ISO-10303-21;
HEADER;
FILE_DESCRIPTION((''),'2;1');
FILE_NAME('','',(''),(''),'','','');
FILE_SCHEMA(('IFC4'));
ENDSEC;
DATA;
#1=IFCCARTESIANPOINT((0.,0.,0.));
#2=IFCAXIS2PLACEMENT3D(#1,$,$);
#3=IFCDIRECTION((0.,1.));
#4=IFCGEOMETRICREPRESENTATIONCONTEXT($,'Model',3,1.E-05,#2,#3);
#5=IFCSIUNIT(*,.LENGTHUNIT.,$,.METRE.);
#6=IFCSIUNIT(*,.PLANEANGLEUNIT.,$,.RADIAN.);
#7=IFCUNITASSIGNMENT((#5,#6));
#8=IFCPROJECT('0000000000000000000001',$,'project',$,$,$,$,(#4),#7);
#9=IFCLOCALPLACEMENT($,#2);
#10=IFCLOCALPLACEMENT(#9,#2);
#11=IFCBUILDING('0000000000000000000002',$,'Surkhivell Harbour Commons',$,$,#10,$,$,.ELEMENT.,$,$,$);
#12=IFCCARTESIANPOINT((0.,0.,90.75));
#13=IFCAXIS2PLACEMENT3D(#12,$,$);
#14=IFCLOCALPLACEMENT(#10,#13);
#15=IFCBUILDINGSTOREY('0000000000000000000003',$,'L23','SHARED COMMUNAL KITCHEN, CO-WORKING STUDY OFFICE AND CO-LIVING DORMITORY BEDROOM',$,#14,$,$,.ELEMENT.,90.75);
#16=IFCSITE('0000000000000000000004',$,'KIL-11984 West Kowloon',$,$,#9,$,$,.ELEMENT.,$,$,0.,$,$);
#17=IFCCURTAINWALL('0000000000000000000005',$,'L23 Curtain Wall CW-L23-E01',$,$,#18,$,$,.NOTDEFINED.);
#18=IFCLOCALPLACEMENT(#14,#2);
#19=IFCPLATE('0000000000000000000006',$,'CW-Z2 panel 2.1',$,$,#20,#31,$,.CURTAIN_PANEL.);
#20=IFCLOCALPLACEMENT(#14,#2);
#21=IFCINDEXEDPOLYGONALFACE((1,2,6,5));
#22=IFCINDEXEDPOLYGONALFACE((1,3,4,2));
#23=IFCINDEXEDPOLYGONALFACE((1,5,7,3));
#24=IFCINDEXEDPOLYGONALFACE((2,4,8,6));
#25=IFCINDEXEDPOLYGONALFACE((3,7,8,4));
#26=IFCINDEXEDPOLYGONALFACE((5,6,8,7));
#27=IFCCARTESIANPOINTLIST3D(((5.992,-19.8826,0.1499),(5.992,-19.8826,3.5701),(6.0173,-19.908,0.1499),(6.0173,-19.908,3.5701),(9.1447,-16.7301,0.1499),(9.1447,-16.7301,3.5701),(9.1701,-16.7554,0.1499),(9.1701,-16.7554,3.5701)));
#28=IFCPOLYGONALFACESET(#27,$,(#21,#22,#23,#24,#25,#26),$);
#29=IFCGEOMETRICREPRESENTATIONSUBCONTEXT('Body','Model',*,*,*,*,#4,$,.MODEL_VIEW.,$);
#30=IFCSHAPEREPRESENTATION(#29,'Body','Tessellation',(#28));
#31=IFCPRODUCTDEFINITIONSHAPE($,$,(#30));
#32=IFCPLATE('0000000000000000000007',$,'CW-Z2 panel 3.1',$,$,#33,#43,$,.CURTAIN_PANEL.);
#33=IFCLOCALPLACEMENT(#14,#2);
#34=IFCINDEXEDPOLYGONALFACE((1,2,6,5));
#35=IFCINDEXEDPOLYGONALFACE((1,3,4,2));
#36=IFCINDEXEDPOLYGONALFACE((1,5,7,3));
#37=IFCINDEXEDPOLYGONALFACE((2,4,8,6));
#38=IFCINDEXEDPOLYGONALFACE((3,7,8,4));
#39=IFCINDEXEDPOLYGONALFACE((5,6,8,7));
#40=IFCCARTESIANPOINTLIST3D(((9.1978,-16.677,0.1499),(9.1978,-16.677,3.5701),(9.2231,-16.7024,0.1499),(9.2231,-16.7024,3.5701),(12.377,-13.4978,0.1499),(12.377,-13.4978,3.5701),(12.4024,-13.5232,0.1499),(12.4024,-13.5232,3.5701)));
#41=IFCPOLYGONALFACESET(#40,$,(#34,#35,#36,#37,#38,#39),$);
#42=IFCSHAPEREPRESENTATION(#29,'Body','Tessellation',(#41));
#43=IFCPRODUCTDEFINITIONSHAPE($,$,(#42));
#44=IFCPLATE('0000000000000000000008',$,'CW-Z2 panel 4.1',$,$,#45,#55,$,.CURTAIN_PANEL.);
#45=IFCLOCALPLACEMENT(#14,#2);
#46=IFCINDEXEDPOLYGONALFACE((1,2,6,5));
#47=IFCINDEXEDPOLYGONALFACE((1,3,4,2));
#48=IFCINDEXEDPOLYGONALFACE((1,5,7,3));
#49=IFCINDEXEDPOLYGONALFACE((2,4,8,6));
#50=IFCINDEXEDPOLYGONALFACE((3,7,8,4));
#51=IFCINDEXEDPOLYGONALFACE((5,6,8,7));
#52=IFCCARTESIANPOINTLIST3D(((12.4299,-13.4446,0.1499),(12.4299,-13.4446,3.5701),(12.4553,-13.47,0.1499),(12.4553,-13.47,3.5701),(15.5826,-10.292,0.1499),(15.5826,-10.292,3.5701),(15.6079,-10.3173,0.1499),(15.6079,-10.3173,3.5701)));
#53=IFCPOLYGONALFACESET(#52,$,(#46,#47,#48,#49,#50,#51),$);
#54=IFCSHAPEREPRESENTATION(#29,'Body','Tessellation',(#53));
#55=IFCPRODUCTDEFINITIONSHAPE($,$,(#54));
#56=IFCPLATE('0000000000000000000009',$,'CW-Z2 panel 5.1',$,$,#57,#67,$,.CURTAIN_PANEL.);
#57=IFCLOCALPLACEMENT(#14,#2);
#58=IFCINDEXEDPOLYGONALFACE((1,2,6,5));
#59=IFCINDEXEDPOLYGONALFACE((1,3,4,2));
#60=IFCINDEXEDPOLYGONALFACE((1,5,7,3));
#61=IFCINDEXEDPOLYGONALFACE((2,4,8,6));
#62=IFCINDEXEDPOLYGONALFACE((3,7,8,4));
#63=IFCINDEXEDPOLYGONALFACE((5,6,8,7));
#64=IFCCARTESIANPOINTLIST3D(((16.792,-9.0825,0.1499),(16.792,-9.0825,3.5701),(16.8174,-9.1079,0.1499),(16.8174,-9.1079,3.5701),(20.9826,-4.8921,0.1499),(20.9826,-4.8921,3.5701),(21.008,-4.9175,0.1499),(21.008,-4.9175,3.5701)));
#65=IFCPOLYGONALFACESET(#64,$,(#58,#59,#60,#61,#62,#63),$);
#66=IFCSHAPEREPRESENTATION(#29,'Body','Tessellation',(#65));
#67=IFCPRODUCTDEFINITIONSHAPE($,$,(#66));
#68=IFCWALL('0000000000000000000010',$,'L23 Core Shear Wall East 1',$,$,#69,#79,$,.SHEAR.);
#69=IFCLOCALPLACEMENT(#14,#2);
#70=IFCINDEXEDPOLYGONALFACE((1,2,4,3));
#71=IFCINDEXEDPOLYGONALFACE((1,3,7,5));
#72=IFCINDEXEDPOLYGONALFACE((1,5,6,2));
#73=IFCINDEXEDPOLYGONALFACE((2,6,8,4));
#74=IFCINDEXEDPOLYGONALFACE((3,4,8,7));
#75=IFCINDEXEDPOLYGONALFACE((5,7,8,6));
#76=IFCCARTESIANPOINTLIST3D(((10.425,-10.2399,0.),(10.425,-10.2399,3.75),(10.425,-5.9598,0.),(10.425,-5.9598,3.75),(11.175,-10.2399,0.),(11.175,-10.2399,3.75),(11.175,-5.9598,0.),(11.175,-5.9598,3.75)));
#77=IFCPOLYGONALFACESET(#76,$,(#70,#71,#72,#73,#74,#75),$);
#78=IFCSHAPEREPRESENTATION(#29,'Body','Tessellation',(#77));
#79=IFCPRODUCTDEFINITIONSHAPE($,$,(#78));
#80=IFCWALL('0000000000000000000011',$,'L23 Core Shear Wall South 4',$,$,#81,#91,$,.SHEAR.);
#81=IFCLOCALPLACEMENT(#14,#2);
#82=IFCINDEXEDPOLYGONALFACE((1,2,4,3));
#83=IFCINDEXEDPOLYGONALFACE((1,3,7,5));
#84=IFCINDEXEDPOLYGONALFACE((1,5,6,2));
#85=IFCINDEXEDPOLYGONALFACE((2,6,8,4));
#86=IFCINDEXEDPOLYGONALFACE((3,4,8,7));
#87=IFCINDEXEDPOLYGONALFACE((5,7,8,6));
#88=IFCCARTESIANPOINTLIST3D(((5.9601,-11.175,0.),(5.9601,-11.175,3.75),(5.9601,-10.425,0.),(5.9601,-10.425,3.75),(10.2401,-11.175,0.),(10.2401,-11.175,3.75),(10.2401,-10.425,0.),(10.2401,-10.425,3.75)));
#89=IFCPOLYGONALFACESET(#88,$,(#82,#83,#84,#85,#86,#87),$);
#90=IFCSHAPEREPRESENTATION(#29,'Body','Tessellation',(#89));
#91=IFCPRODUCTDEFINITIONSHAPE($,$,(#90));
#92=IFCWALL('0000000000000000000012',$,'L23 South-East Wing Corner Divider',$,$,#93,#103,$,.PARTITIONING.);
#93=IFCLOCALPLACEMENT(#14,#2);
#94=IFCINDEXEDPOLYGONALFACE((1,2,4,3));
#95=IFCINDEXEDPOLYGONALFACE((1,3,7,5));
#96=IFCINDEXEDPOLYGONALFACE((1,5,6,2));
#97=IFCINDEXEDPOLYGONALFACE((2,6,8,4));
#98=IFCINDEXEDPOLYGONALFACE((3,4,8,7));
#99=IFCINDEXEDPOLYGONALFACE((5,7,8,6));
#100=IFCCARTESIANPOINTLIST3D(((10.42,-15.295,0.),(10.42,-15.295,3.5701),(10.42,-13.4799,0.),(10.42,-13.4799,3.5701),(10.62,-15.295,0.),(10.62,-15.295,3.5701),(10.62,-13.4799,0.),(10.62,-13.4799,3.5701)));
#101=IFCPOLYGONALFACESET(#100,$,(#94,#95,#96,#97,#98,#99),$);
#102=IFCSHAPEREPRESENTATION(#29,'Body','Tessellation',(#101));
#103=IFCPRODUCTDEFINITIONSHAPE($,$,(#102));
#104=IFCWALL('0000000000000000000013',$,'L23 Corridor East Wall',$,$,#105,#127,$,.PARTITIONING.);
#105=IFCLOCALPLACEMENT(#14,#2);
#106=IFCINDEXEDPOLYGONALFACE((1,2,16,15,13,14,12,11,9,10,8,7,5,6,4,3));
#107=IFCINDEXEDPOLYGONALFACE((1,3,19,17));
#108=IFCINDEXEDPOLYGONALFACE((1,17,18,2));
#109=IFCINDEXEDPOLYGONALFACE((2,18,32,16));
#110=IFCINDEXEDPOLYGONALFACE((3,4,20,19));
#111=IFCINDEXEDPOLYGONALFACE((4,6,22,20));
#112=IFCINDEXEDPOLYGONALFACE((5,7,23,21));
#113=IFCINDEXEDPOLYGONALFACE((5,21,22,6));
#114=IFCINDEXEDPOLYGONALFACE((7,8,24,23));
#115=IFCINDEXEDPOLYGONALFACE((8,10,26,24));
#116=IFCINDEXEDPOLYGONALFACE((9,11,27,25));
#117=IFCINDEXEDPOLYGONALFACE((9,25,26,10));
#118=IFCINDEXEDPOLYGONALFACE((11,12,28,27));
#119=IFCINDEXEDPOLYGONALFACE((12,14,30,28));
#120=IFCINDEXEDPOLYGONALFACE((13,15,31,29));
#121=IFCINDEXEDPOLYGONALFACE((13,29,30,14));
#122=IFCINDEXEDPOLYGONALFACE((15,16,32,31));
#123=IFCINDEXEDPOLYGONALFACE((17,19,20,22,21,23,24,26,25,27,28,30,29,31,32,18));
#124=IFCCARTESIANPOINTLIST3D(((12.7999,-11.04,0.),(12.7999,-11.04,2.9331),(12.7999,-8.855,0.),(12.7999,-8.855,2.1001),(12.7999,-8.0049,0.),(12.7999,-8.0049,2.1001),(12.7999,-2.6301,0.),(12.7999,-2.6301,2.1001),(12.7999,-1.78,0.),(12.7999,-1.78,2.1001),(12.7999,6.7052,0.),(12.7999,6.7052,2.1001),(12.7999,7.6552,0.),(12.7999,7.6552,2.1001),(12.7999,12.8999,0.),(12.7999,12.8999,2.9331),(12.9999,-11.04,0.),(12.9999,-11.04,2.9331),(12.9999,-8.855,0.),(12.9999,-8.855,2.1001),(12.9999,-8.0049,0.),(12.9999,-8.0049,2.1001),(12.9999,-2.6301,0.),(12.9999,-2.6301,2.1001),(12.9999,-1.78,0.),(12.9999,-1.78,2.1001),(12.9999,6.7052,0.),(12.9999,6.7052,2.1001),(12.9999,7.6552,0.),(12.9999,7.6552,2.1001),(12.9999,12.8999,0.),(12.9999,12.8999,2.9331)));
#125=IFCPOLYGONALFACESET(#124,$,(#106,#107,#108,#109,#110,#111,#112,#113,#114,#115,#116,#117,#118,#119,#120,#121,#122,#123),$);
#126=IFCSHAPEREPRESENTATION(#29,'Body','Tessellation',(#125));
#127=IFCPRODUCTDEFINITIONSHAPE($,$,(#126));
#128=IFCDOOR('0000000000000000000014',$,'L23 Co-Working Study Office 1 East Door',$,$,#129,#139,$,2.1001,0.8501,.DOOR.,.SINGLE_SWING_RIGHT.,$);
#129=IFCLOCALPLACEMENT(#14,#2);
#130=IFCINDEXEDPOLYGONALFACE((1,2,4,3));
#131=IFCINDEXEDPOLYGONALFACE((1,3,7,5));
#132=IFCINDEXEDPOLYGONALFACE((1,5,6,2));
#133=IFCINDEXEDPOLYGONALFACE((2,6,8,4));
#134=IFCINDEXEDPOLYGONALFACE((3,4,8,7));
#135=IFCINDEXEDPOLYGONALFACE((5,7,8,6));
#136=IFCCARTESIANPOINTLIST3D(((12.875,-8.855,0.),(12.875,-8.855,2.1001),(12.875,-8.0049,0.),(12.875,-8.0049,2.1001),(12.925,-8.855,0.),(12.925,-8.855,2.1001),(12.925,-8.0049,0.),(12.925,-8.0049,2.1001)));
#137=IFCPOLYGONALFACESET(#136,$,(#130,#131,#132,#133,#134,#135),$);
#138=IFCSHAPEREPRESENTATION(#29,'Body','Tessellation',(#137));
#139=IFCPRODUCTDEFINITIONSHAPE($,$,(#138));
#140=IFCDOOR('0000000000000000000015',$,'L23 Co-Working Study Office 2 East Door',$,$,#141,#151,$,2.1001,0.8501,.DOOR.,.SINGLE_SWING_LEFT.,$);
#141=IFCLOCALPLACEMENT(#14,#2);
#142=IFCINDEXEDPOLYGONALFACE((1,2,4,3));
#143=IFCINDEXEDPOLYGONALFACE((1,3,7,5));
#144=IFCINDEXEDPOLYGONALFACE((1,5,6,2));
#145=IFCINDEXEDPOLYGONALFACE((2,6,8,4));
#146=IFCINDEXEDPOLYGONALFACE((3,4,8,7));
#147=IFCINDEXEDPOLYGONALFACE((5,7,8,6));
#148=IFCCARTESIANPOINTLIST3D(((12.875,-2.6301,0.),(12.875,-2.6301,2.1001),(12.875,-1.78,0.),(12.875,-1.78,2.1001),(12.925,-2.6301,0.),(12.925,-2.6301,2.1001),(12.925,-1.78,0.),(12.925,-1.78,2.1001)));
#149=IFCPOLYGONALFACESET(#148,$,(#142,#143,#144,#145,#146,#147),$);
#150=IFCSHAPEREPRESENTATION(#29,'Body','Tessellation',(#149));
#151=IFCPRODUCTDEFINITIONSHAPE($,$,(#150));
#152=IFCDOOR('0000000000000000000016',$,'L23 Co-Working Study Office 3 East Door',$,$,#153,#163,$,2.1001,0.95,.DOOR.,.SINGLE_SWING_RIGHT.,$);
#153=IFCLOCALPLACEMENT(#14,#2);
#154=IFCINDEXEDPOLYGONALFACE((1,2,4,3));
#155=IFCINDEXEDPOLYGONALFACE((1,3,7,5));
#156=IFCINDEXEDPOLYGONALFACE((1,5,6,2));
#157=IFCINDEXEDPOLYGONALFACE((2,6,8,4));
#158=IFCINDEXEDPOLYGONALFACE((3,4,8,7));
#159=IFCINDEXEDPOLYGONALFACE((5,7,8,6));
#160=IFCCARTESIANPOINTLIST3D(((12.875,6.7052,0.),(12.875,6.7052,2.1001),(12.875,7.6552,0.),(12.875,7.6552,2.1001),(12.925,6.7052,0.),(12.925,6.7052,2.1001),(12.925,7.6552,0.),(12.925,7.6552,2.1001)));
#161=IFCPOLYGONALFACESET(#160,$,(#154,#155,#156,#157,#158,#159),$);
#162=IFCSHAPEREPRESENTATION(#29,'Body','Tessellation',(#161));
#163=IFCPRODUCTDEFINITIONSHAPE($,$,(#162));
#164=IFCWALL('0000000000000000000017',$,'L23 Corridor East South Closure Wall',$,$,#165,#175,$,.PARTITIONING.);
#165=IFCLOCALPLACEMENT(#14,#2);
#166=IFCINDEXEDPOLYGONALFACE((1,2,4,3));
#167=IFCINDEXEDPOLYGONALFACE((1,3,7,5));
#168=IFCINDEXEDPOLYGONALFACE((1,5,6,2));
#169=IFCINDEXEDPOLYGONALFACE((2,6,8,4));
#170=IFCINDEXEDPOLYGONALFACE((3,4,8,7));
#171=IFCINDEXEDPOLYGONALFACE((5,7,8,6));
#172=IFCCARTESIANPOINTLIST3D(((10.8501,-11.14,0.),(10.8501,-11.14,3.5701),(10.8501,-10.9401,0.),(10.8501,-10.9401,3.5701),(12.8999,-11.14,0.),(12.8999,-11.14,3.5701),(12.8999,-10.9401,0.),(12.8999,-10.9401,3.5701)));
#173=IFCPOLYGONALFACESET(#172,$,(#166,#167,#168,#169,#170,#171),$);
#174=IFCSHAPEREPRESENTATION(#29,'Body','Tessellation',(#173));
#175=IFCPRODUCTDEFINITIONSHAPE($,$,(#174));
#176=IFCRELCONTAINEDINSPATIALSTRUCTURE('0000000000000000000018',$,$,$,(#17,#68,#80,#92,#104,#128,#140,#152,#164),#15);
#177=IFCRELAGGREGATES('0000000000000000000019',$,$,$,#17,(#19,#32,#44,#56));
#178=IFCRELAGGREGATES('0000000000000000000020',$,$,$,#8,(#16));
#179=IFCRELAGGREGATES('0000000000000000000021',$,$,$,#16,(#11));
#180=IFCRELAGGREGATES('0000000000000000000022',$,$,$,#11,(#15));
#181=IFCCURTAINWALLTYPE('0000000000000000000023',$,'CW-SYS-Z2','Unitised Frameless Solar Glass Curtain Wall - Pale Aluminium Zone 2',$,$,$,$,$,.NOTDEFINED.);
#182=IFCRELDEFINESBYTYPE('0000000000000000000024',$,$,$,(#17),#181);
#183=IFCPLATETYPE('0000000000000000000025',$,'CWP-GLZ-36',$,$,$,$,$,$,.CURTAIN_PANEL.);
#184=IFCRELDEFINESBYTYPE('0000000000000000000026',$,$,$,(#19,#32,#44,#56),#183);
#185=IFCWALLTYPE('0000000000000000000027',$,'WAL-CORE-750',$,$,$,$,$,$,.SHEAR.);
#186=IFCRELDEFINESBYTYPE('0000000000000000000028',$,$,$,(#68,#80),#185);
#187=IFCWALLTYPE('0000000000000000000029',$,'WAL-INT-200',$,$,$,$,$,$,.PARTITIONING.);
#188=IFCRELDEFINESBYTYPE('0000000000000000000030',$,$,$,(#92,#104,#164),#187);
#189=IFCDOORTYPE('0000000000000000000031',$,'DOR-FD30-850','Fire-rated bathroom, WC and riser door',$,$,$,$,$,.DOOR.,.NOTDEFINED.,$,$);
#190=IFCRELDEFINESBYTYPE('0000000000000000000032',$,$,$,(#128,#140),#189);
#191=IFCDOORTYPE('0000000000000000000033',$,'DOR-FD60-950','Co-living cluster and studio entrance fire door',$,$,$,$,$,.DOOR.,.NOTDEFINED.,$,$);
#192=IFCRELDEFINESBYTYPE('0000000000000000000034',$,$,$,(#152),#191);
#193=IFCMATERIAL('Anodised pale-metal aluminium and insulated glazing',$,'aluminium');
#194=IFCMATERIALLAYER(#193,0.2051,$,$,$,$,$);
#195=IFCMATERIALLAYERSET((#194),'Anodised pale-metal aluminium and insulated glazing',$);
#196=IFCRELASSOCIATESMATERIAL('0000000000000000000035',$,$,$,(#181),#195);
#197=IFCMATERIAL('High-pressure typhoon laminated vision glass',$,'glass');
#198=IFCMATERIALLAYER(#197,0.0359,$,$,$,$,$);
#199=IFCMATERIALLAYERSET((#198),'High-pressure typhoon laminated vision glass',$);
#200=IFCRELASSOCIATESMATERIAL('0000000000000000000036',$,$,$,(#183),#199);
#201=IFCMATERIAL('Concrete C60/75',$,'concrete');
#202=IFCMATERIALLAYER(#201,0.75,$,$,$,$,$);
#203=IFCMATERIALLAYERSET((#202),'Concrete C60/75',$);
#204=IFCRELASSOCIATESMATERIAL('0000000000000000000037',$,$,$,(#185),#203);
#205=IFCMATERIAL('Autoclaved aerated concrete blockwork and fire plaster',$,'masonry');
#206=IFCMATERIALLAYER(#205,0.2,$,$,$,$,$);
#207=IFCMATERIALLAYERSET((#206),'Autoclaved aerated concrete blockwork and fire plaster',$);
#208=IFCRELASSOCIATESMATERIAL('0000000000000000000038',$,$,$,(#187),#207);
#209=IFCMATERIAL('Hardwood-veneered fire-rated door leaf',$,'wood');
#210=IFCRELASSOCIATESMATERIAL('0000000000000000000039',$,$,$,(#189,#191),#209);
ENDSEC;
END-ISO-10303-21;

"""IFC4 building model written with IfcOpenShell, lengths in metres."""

from ifc_helpers import new_model, si_unit, direction, frame, frame_2d, origin, place, context, subcontext, project, spatial, rectangle, extrude, material, layer, layer_set, type_object, element, fill, aggregate, save


model = new_model("IFC4")

# Units and contexts
model_context = context("Model", 3, precision=1e-05, world=origin(), true_north=direction((0.0, 1.0)))
body_context = subcontext(model_context, "Body", "Model", "MODEL_VIEW")
ifc_project = project(units=[si_unit("LENGTHUNIT", "METRE"), si_unit("PLANEANGLEUNIT", "RADIAN")], contexts=[model_context])

# Site, building, storey
site_placement = place(None, origin())
site = spatial("IfcSite", under=ifc_project, at=site_placement, Name="KIL-11984 West Kowloon", CompositionType="ELEMENT", RefElevation=0.0)
building_placement = place(site_placement, origin())
building = spatial("IfcBuilding", under=site, at=building_placement, Name="Surkhivell Harbour Commons", CompositionType="ELEMENT")
storey_placement = place(building_placement, frame((0.0, 0.0, 90.75)))
storey = spatial("IfcBuildingStorey", under=building, at=storey_placement, Name="L23", Description="SHARED COMMUNAL KITCHEN, CO-WORKING STUDY OFFICE AND CO-LIVING DORMITORY BEDROOM", CompositionType="ELEMENT", Elevation=90.75)

# Shared definitions
ifc_material_1 = material(Name="Concrete C60/75", Category="concrete")

# Curtain wall, plates
ifc_material_2 = material(Name="Anodised pale-metal aluminium and insulated glazing", Category="aluminium")
ifc_layer_1 = layer(ifc_material_2, 0.2051)
ifc_layer_set_1 = layer_set([ifc_layer_1], Name="Anodised pale-metal aluminium and insulated glazing")
curtain_wall_type = type_object("IfcCurtainWallType", Name="CW-SYS-Z2", Description="Unitised Frameless Solar Glass Curtain Wall - Pale Aluminium Zone 2", PredefinedType="NOTDEFINED", material=ifc_layer_set_1)
curtain_wall_placement = place(storey_placement, origin())
curtain_wall = element("IfcCurtainWall", 1, at=curtain_wall_placement, inside=storey, type_object=curtain_wall_type, Name="L23 Curtain Wall CW-L23-E01", PredefinedType="NOTDEFINED")
ifc_material_3 = material(Name="High-pressure typhoon laminated vision glass", Category="glass")
ifc_layer_2 = layer(ifc_material_3, 0.0359)
ifc_layer_set_2 = layer_set([ifc_layer_2], Name="High-pressure typhoon laminated vision glass")
plate_type = type_object("IfcPlateType", Name="CWP-GLZ-36", PredefinedType="CURTAIN_PANEL", material=ifc_layer_set_2)
plate_1_placement = place(storey_placement, frame((6.0046, -19.8953, 0.1499), z_axis=(0.0, 0.0, 1.0), x_axis=(0.707134, 0.707079, 0.0)))
plate_1 = element("IfcPlate", 2, at=plate_1_placement, type_object=plate_type, Name="CW-Z2 panel 2.1", PredefinedType="CURTAIN_PANEL", context=body_context, shape_type="SweptSolid", body=[
    extrude(rectangle(XDim=4.4585, YDim=0.0359, at=frame_2d((2.2292, 0.0))), origin(), (0.0, 0.0, 1.0), 3.4202),
])
plate_2_placement = place(storey_placement, frame((9.2104, -16.6897, 0.1499), z_axis=(0.0, 0.0, 1.0), x_axis=(0.707107, 0.707107, 0.0)))
plate_2 = element("IfcPlate", 3, at=plate_2_placement, type_object=plate_type, Name="CW-Z2 panel 3.1", PredefinedType="CURTAIN_PANEL", context=body_context, shape_type="SweptSolid", body=[
    extrude(rectangle(XDim=4.4961, YDim=0.0359, at=frame_2d((2.248, 0.0))), origin(), (0.0, 0.0, 1.0), 3.4202),
])
plate_3_placement = place(storey_placement, frame((12.4426, -13.4573, 0.1499), z_axis=(0.0, 0.0, 1.0), x_axis=(0.707107, 0.707107, 0.0)))
plate_3 = element("IfcPlate", 4, at=plate_3_placement, type_object=plate_type, Name="CW-Z2 panel 4.1", PredefinedType="CURTAIN_PANEL", context=body_context, shape_type="SweptSolid", body=[
    extrude(rectangle(XDim=4.4585, YDim=0.0359, at=frame_2d((2.2292, 0.0))), origin(), (0.0, 0.0, 1.0), 3.4202),
])
plate_4_placement = place(storey_placement, frame((16.8047, -9.0952, 0.1499), z_axis=(0.0, 0.0, 1.0), x_axis=(0.707127, 0.707086, 0.0)))
plate_4 = element("IfcPlate", 5, at=plate_4_placement, type_object=plate_type, Name="CW-Z2 panel 5.1", PredefinedType="CURTAIN_PANEL", context=body_context, shape_type="SweptSolid", body=[
    extrude(rectangle(XDim=5.9263, YDim=0.0359, at=frame_2d((2.9631, 0.0))), origin(), (0.0, 0.0, 1.0), 3.4202),
])
aggregate(curtain_wall, [plate_1, plate_2, plate_3, plate_4])

# Walls
ifc_layer_3 = layer(ifc_material_1, 0.75)
ifc_layer_set_3 = layer_set([ifc_layer_3], Name="Concrete C60/75")
wall_type_1 = type_object("IfcWallType", Name="WAL-CORE-750", PredefinedType="SHEAR", material=ifc_layer_set_3)
for number, where, z_axis, x_axis, name in (
    (6, (10.8, -10.24, 0.0), (0.0, 0.0, 1.0), (0.0, 1.0, 0.0), "L23 Core Shear Wall East 1"),
    (7, (5.96, -10.8, 0.0), (0.0, 0.0, 1.0), (1.0, 0.0, 0.0), "L23 Core Shear Wall South 4"),
):
    element("IfcWall", number, at=place(storey_placement, frame(where, z_axis=z_axis, x_axis=x_axis)), inside=storey, type_object=wall_type_1, Name=name, PredefinedType="SHEAR", context=body_context, shape_type="SweptSolid", body=[
        extrude(rectangle(XDim=4.28, YDim=0.75, at=frame_2d((2.1401, 0.0))), origin(), (0.0, 0.0, 1.0), 3.75),
    ])
ifc_material_4 = material(Name="Autoclaved aerated concrete blockwork and fire plaster", Category="masonry")
ifc_layer_4 = layer(ifc_material_4, 0.2)
ifc_layer_set_4 = layer_set([ifc_layer_4], Name="Autoclaved aerated concrete blockwork and fire plaster")
wall_type_2 = type_object("IfcWallType", Name="WAL-INT-200", PredefinedType="PARTITIONING", material=ifc_layer_set_4)
wall_1_placement = place(storey_placement, frame((10.52, -15.2952, 0.0), z_axis=(0.0, 0.0, 1.0), x_axis=(0.0, 1.0, 0.0)))
element("IfcWall", 8, at=wall_1_placement, inside=storey, type_object=wall_type_2, Name="L23 South-East Wing Corner Divider", PredefinedType="PARTITIONING", context=body_context, shape_type="SweptSolid", body=[
    extrude(rectangle(XDim=1.8152, YDim=0.2, at=frame_2d((0.9077, 0.0))), origin(), (0.0, 0.0, 1.0), 3.5701),
])

# Wall, openings, doors
wall_2_placement = place(storey_placement, frame((12.8999, -11.04, 0.0), z_axis=(0.0, 0.0, 1.0), x_axis=(0.0, 1.0, 0.0)))
wall_2 = element("IfcWall", 9, at=wall_2_placement, inside=storey, type_object=wall_type_2, Name="L23 Corridor East Wall", PredefinedType="PARTITIONING", context=body_context, shape_type="SweptSolid", body=[
    extrude(rectangle(XDim=23.9399, YDim=0.2, at=frame_2d((11.97, 0.0))), origin(), (0.0, 0.0, 1.0), 2.9331),
])
opening_1_placement = place(wall_2_placement, frame((2.1851, 0.0, 0.0)))
opening_1 = element("IfcOpeningElement", 10, at=opening_1_placement, cuts=wall_2, PredefinedType="OPENING", context=body_context, shape_type="SweptSolid", body=[
    extrude(rectangle(XDim=0.8501, YDim=2.1001, at=frame_2d((0.425, 1.05))), frame((0.0, 0.1099, 0.0), z_axis=(0.0, -1.0, 0.0), x_axis=(1.0, 0.0, 0.0)), (0.0, 0.0, 1.0), 0.22),
])
opening_2_placement = place(wall_2_placement, frame((8.4099, 0.0, 0.0)))
opening_2 = element("IfcOpeningElement", 11, at=opening_2_placement, cuts=wall_2, PredefinedType="OPENING", context=body_context, shape_type="SweptSolid", body=[
    extrude(rectangle(XDim=0.8501, YDim=2.1001, at=frame_2d((0.425, 1.05))), frame((0.0, 0.1099, 0.0), z_axis=(0.0, -1.0, 0.0), x_axis=(1.0, 0.0, 0.0)), (0.0, 0.0, 1.0), 0.22),
])
opening_3_placement = place(wall_2_placement, frame((17.7451, 0.0, 0.0)))
opening_3 = element("IfcOpeningElement", 12, at=opening_3_placement, cuts=wall_2, PredefinedType="OPENING", context=body_context, shape_type="SweptSolid", body=[
    extrude(rectangle(XDim=0.95, YDim=2.1001, at=frame_2d((0.4751, 1.05))), frame((0.0, 0.1099, 0.0), z_axis=(0.0, -1.0, 0.0), x_axis=(1.0, 0.0, 0.0)), (0.0, 0.0, 1.0), 0.22),
])
ifc_material_5 = material(Name="Hardwood-veneered fire-rated door leaf", Category="wood")
door_type_1 = type_object("IfcDoorType", Name="DOR-FD30-850", Description="Fire-rated bathroom, WC and riser door", OperationType="NOTDEFINED", PredefinedType="DOOR", material=ifc_material_5)
door_1_placement = place(opening_1_placement, origin())
door_1 = element("IfcDoor", 13, at=door_1_placement, inside=storey, type_object=door_type_1, Name="L23 Co-Working Study Office 1 East Door", OperationType="SINGLE_SWING_RIGHT", OverallHeight=2.1001, OverallWidth=0.8501, PredefinedType="DOOR", context=body_context, shape_type="SweptSolid", body=[
    extrude(rectangle(XDim=0.8501, YDim=2.1001, at=frame_2d((0.425, 1.05))), frame((0.0, 0.0249, 0.0), z_axis=(0.0, -1.0, 0.0), x_axis=(1.0, 0.0, 0.0)), (0.0, 0.0, 1.0), 0.05),
])
fill(opening_1, door_1)
door_2_placement = place(opening_2_placement, origin())
door_2 = element("IfcDoor", 14, at=door_2_placement, inside=storey, type_object=door_type_1, Name="L23 Co-Working Study Office 2 East Door", OperationType="SINGLE_SWING_LEFT", OverallHeight=2.1001, OverallWidth=0.8501, PredefinedType="DOOR", context=body_context, shape_type="SweptSolid", body=[
    extrude(rectangle(XDim=0.8501, YDim=2.1001, at=frame_2d((0.425, 1.05))), frame((0.0, 0.0249, 0.0), z_axis=(0.0, -1.0, 0.0), x_axis=(1.0, 0.0, 0.0)), (0.0, 0.0, 1.0), 0.05),
])
fill(opening_2, door_2)
door_type_2 = type_object("IfcDoorType", Name="DOR-FD60-950", Description="Co-living cluster and studio entrance fire door", OperationType="NOTDEFINED", PredefinedType="DOOR", material=ifc_material_5)
door_3_placement = place(opening_3_placement, origin())
door_3 = element("IfcDoor", 15, at=door_3_placement, inside=storey, type_object=door_type_2, Name="L23 Co-Working Study Office 3 East Door", OperationType="SINGLE_SWING_RIGHT", OverallHeight=2.1001, OverallWidth=0.95, PredefinedType="DOOR", context=body_context, shape_type="SweptSolid", body=[
    extrude(rectangle(XDim=0.95, YDim=2.1001, at=frame_2d((0.4751, 1.05))), frame((0.0, 0.0249, 0.0), z_axis=(0.0, -1.0, 0.0), x_axis=(1.0, 0.0, 0.0)), (0.0, 0.0, 1.0), 0.05),
])
fill(opening_3, door_3)

# Wall
wall_3_placement = place(storey_placement, frame((10.8501, -11.04, 0.0), z_axis=(0.0, 0.0, 1.0), x_axis=(1.0, 0.0, 0.0)))
element("IfcWall", 16, at=wall_3_placement, inside=storey, type_object=wall_type_2, Name="L23 Corridor East South Closure Wall", PredefinedType="PARTITIONING", context=body_context, shape_type="SweptSolid", body=[
    extrude(rectangle(XDim=2.0498, YDim=0.2, at=frame_2d((1.0249, 0.0))), origin(), (0.0, 0.0, 1.0), 3.5701),
])

save(model, "model.ifc")
